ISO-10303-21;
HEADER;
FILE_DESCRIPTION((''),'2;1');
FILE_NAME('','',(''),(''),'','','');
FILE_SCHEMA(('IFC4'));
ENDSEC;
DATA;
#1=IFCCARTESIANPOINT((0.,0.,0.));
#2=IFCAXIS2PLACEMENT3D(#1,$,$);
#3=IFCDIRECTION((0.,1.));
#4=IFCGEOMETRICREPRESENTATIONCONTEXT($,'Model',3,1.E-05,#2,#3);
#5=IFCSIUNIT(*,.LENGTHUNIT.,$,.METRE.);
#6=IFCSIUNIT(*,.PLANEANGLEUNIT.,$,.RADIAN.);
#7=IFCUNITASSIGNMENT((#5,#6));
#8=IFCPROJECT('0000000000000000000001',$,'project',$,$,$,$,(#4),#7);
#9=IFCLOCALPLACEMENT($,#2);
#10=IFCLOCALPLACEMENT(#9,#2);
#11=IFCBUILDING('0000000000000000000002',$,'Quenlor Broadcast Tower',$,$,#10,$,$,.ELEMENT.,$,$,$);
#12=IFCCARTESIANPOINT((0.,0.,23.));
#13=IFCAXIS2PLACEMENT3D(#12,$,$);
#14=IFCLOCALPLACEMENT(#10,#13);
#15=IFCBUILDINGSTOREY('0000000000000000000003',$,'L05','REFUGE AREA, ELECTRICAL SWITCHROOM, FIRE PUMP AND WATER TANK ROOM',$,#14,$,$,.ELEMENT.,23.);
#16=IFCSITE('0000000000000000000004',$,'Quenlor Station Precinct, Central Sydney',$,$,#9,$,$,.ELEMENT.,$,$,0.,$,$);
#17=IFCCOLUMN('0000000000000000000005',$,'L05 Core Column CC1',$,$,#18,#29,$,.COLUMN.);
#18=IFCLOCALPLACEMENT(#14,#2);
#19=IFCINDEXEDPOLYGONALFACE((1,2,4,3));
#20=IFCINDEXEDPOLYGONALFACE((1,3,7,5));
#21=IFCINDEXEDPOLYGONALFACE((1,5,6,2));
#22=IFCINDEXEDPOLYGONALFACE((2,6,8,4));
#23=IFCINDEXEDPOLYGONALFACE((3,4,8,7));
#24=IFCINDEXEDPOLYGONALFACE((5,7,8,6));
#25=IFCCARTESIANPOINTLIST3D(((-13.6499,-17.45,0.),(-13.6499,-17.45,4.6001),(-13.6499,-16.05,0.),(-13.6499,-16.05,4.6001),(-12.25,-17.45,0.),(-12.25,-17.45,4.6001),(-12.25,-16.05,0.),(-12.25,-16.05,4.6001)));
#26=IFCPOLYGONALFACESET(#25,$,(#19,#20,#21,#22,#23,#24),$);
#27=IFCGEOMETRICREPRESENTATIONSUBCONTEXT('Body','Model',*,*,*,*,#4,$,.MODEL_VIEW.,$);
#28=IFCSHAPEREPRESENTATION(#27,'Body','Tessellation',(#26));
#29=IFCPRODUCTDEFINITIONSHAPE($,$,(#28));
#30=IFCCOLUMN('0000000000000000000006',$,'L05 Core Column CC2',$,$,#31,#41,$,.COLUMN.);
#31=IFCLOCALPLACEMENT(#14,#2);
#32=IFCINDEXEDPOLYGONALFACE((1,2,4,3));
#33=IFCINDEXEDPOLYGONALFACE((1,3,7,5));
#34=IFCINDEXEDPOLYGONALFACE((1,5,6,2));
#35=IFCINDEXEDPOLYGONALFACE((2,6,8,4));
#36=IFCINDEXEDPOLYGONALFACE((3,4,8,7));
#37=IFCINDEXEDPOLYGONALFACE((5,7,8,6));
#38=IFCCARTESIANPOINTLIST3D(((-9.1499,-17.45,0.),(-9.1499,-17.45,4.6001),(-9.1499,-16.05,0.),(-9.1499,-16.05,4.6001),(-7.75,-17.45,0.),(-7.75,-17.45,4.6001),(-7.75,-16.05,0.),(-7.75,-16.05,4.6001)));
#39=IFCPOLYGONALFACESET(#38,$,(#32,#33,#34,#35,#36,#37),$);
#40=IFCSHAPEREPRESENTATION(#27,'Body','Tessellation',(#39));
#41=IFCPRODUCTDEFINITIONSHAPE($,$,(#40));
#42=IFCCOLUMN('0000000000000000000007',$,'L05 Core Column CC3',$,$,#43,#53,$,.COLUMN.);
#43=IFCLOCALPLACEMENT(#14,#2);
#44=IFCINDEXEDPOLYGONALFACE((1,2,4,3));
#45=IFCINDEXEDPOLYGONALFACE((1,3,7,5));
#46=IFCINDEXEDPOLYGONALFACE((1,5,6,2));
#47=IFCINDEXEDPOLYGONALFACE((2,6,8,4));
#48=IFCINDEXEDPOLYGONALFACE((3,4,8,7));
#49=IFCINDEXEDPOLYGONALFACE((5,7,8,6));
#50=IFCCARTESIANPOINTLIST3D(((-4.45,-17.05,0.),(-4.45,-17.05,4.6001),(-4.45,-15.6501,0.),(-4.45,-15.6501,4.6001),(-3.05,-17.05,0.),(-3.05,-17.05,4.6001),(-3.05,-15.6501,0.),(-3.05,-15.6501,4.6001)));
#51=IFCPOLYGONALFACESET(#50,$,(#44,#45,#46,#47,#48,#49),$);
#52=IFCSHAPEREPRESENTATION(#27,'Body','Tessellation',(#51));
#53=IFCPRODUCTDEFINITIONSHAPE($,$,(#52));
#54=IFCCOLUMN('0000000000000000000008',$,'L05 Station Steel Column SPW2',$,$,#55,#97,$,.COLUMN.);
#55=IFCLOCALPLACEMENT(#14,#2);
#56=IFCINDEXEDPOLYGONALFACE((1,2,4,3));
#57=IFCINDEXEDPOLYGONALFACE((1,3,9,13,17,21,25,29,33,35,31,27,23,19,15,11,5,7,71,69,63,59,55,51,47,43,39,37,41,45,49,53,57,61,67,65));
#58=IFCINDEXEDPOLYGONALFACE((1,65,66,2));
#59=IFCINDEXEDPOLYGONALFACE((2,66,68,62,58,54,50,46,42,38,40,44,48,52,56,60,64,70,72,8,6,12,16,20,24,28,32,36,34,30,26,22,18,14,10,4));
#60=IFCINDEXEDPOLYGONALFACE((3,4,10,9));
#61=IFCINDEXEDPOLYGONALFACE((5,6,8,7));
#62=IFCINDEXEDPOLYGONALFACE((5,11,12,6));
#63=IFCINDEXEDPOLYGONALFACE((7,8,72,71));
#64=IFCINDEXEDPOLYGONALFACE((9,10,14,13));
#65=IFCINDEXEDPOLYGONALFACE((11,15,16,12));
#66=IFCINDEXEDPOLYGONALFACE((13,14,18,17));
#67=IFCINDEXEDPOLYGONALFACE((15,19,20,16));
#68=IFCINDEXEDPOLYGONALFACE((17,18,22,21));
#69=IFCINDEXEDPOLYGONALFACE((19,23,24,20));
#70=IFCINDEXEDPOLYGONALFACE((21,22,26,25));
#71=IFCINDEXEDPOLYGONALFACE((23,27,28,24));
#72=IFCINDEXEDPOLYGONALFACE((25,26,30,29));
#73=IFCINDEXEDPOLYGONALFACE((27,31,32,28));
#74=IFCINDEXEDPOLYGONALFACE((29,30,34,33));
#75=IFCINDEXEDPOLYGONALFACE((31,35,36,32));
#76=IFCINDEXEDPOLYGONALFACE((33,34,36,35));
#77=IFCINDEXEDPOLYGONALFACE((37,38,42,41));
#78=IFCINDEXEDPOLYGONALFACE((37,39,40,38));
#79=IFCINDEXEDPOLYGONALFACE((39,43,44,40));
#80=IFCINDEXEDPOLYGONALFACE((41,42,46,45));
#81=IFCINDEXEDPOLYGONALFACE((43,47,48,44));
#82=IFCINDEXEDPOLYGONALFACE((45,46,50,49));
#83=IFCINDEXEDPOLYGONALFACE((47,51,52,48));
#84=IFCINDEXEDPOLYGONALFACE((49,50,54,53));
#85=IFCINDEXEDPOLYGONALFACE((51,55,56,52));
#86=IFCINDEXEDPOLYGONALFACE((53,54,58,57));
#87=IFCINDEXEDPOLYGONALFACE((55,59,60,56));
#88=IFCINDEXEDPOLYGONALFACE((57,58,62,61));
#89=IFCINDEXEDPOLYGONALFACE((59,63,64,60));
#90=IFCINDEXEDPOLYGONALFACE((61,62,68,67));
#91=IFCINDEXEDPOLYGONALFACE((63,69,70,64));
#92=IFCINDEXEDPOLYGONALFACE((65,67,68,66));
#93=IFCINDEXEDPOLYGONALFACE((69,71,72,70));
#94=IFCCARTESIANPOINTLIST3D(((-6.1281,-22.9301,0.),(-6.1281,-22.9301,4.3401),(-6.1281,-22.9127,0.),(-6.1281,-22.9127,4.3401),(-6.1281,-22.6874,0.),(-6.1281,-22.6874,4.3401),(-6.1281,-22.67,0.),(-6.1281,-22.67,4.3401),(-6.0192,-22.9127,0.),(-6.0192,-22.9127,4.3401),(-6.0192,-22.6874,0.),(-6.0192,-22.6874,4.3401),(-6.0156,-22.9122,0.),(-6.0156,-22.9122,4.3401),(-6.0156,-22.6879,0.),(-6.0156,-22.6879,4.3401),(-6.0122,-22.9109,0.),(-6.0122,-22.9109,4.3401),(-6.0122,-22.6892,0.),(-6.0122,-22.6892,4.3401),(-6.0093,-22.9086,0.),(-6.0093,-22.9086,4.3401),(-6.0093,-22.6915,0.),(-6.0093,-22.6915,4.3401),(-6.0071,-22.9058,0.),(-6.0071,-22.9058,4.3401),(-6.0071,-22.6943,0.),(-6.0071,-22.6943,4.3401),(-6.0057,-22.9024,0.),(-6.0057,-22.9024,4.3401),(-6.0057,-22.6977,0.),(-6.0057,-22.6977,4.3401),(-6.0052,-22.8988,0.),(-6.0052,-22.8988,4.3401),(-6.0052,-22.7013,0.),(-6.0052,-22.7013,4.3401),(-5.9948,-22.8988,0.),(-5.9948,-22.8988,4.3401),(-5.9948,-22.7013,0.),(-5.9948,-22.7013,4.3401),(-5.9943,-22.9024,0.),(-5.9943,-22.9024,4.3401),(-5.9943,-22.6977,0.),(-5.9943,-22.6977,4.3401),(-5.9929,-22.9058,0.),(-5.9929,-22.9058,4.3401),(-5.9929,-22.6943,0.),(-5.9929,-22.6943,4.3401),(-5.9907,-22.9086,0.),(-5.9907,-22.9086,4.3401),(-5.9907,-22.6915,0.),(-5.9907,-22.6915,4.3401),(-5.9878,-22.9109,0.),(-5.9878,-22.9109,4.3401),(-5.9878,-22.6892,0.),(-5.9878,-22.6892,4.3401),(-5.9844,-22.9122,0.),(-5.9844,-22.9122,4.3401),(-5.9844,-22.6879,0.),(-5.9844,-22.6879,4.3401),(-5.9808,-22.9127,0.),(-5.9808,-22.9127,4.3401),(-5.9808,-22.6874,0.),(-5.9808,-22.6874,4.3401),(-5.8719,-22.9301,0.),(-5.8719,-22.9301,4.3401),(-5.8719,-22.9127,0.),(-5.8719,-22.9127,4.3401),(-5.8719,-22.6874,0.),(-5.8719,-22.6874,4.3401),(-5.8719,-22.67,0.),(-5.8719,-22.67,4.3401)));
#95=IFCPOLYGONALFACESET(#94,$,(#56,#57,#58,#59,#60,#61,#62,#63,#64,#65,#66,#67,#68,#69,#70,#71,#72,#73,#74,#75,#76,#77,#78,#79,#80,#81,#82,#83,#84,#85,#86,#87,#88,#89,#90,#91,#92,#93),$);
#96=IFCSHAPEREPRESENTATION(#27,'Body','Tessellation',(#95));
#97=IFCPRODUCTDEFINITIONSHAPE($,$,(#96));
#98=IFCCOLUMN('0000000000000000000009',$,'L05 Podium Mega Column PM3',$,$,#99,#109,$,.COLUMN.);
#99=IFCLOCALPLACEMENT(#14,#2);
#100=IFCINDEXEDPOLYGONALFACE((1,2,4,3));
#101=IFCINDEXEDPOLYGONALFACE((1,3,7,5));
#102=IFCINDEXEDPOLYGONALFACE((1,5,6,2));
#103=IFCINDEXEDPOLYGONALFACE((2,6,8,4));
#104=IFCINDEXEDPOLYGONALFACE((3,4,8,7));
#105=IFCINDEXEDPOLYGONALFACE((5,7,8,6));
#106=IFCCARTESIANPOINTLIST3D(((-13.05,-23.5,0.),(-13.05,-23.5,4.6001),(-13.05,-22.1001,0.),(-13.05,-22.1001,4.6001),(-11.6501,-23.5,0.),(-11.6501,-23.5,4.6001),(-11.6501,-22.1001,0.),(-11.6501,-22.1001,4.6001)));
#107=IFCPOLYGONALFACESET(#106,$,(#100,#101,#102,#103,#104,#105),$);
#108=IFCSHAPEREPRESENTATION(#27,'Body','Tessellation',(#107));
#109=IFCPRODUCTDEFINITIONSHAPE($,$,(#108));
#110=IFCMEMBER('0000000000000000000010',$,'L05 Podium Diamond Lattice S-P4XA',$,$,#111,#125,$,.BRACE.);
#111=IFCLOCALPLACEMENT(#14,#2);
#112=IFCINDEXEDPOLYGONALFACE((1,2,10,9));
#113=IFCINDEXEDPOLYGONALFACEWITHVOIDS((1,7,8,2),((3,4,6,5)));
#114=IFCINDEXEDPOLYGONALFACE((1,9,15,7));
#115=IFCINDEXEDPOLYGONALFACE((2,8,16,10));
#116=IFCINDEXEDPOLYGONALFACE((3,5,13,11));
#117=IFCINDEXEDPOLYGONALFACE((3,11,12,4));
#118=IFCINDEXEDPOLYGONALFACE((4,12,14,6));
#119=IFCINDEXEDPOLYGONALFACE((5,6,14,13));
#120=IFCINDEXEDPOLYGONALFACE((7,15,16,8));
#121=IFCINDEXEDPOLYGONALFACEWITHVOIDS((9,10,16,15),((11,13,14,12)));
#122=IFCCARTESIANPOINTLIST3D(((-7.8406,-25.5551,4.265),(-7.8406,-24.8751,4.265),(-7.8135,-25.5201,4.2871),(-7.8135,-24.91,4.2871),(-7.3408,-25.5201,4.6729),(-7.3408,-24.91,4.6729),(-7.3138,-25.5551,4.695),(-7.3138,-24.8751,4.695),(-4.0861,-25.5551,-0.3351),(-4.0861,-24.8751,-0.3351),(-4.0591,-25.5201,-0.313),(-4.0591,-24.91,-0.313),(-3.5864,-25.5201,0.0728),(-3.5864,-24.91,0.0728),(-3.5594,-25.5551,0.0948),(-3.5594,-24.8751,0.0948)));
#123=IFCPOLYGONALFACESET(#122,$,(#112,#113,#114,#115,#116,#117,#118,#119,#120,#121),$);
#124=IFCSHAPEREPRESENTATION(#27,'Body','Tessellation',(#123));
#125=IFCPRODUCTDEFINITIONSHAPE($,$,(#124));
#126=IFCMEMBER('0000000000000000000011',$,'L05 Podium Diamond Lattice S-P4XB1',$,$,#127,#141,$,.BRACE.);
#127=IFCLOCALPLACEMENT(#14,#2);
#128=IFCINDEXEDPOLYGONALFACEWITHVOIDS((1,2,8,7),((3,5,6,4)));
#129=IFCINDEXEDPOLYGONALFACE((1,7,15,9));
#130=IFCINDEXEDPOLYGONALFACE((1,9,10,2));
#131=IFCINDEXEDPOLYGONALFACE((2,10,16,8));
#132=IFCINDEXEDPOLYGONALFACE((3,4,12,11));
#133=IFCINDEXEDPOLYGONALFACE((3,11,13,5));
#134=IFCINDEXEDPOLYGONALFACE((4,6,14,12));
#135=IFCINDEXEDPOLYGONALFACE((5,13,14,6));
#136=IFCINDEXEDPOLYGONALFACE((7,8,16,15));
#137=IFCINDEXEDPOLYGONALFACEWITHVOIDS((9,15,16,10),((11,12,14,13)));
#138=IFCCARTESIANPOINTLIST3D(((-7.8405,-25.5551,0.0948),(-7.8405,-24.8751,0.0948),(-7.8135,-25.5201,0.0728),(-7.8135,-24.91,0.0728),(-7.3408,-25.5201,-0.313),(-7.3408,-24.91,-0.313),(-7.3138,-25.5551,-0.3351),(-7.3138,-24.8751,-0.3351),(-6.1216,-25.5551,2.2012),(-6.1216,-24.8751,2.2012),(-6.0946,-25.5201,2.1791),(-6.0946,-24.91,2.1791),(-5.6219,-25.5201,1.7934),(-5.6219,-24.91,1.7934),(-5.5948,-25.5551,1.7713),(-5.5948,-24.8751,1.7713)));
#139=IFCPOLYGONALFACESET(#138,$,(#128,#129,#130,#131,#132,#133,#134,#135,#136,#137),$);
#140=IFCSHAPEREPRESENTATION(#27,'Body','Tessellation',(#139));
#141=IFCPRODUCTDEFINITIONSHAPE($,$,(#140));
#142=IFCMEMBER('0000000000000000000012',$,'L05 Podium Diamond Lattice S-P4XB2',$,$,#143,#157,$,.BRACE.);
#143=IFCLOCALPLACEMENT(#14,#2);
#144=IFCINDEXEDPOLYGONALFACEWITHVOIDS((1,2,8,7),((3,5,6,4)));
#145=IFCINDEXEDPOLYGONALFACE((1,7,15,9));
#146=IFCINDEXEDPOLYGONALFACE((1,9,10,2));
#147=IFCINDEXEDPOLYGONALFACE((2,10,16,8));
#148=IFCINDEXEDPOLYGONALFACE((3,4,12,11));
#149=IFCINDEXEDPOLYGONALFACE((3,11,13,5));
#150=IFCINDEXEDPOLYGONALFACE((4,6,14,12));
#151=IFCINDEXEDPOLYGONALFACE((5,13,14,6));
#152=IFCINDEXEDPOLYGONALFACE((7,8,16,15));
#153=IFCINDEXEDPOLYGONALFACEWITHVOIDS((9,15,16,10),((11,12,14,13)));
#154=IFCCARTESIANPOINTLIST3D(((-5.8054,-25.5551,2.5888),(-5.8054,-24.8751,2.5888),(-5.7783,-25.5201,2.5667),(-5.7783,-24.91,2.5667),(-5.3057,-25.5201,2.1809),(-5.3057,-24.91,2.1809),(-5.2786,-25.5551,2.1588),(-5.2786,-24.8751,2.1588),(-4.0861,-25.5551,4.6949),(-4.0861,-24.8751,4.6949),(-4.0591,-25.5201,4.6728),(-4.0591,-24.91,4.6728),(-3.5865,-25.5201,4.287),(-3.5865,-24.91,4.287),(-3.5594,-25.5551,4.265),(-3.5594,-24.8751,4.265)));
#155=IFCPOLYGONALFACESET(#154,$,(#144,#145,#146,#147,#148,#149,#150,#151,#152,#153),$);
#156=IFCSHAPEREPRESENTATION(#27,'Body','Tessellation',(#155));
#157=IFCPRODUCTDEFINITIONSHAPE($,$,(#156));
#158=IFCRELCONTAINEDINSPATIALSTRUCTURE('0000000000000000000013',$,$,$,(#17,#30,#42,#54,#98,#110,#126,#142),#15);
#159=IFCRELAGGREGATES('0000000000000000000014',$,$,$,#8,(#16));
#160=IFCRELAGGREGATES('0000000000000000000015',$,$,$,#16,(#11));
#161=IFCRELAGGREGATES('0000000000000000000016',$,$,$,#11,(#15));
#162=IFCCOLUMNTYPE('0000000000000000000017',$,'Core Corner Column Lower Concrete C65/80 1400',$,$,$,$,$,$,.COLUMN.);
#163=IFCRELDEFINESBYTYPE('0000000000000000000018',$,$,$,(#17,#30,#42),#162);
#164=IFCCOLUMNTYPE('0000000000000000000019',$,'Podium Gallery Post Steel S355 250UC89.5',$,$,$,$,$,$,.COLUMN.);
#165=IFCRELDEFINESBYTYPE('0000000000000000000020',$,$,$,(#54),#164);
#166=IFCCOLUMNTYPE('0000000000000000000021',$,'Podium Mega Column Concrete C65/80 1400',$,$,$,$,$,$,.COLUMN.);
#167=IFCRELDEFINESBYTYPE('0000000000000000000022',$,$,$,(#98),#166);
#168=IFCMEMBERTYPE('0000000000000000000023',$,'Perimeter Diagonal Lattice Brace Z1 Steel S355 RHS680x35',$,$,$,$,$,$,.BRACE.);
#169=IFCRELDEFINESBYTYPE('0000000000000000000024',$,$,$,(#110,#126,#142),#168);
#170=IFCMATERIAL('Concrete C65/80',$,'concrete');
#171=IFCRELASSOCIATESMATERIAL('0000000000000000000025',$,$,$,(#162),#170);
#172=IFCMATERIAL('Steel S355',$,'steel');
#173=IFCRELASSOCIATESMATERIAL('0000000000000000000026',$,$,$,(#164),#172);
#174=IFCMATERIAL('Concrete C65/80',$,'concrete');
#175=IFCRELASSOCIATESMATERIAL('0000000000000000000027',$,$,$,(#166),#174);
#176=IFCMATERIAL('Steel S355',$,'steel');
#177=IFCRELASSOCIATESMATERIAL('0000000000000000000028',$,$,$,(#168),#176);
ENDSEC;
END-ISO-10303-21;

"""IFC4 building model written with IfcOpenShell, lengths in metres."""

from ifc_helpers import new_model, si_unit, direction, frame, origin, origin_2d, place, context, subcontext, project, spatial, rectangle, hollow_rectangle, i_section, extrude, material, material_profile, profile_set, type_object, element, save


model = new_model("IFC4")

# Units and contexts
model_context = context("Model", 3, precision=1e-05, world=origin(), true_north=direction((0.0, 1.0)))
body_context = subcontext(model_context, "Body", "Model", "MODEL_VIEW")
ifc_project = project(units=[si_unit("LENGTHUNIT", "METRE"), si_unit("PLANEANGLEUNIT", "RADIAN")], contexts=[model_context])

# Site, building, storey
site_placement = place(None, origin())
site = spatial("IfcSite", under=ifc_project, at=site_placement, Name="Quenlor Station Precinct, Central Sydney", CompositionType="ELEMENT", RefElevation=0.0)
building_placement = place(site_placement, origin())
building = spatial("IfcBuilding", under=site, at=building_placement, Name="Quenlor Broadcast Tower", CompositionType="ELEMENT")
storey_placement = place(building_placement, frame((0.0, 0.0, 23.0)))
storey = spatial("IfcBuildingStorey", under=building, at=storey_placement, Name="L05", Description="REFUGE AREA, ELECTRICAL SWITCHROOM, FIRE PUMP AND WATER TANK ROOM", CompositionType="ELEMENT", Elevation=23.0)

# Columns
ifc_material_1 = material(Name="Concrete C65/80", Category="concrete")
ifc_material_profile_1 = material_profile(ifc_material_1, rectangle(XDim=1.3999, YDim=1.3999, at=origin_2d()))
ifc_profile_set_1 = profile_set([ifc_material_profile_1], Name="Concrete C65/80 RC1400x1400")
column_type_1 = type_object("IfcColumnType", Name="Core Corner Column Lower Concrete C65/80 1400", PredefinedType="COLUMN", material=ifc_profile_set_1)
for number, where, z_axis, x_axis, name in (
    (1, (-12.95, -16.75, 0.0), (0.0, 0.0, 1.0), (1.0, 0.0, 0.0), "L05 Core Column CC1"),
    (2, (-8.45, -16.75, 0.0), (0.0, 0.0, 1.0), (1.0, 0.0, 0.0), "L05 Core Column CC2"),
    (3, (-3.75, -16.3501, 0.0), (0.0, 0.0, 1.0), (1.0, 0.0, 0.0), "L05 Core Column CC3"),
):
    element("IfcColumn", number, at=place(storey_placement, frame(where, z_axis=z_axis, x_axis=x_axis)), inside=storey, type_object=column_type_1, Name=name, PredefinedType="COLUMN", context=body_context, shape_type="SweptSolid", body=[
        extrude(rectangle(XDim=1.3999, YDim=1.3999, at=origin_2d()), origin(), (0.0, 0.0, 1.0), 4.6001),
    ])
ifc_material_2 = material(Name="Steel S355", Category="steel")
ifc_material_profile_2 = material_profile(ifc_material_2, i_section(OverallWidth=0.2561, OverallDepth=0.26, WebThickness=0.0105, FlangeThickness=0.0173, FilletRadius=0.0139, at=origin_2d()))
ifc_profile_set_2 = profile_set([ifc_material_profile_2], Name="Steel S355 250UC89.5")
column_type_2 = type_object("IfcColumnType", Name="Podium Gallery Post Steel S355 250UC89.5", PredefinedType="COLUMN", material=ifc_profile_set_2)
column_1_placement = place(storey_placement, frame((-6.0, -22.8, 0.0), z_axis=(0.0, 0.0, 1.0), x_axis=(1.0, 0.0, 0.0)))
element("IfcColumn", 4, at=column_1_placement, inside=storey, type_object=column_type_2, Name="L05 Station Steel Column SPW2", PredefinedType="COLUMN", context=body_context, shape_type="SweptSolid", body=[
    extrude(i_section(OverallWidth=0.2561, OverallDepth=0.26, WebThickness=0.0105, FlangeThickness=0.0173, FilletRadius=0.0139, at=origin_2d()), origin(), (0.0, 0.0, 1.0), 4.3401),
])
ifc_material_3 = material(Name="Concrete C65/80", Category="concrete")
ifc_material_profile_3 = material_profile(ifc_material_3, rectangle(XDim=1.3999, YDim=1.3999, at=origin_2d()))
ifc_profile_set_3 = profile_set([ifc_material_profile_3], Name="Concrete C65/80 RC1400x1400")
column_type_3 = type_object("IfcColumnType", Name="Podium Mega Column Concrete C65/80 1400", PredefinedType="COLUMN", material=ifc_profile_set_3)
column_2_placement = place(storey_placement, frame((-12.3501, -22.8, 0.0), z_axis=(0.0, 0.0, 1.0), x_axis=(1.0, 0.0, 0.0)))
element("IfcColumn", 5, at=column_2_placement, inside=storey, type_object=column_type_3, Name="L05 Podium Mega Column PM3", PredefinedType="COLUMN", context=body_context, shape_type="SweptSolid", body=[
    extrude(rectangle(XDim=1.3999, YDim=1.3999, at=origin_2d()), origin(), (0.0, 0.0, 1.0), 4.6001),
])

# Members
ifc_material_4 = material(Name="Steel S355", Category="steel")
ifc_material_profile_4 = material_profile(ifc_material_4, hollow_rectangle(XDim=0.6799, YDim=0.6799, WallThickness=0.0349, at=origin_2d()))
ifc_profile_set_4 = profile_set([ifc_material_profile_4], Name="Steel S355 RHS680x680x35")
member_type_1 = type_object("IfcMemberType", Name="Perimeter Diagonal Lattice Brace Z1 Steel S355 RHS680x35", PredefinedType="BRACE", material=ifc_profile_set_4)
member_1_placement = place(storey_placement, frame((-3.8228, -25.2151, -0.1201), z_axis=(-0.632297, 0.0, 0.774726), x_axis=(0.0, -1.0, 0.0)))
element("IfcMember", 6, at=member_1_placement, inside=storey, type_object=member_type_1, Name="L05 Podium Diamond Lattice S-P4XA", PredefinedType="BRACE", context=body_context, shape_type="SweptSolid", body=[
    extrude(hollow_rectangle(XDim=0.6799, YDim=0.6799, WallThickness=0.0349, at=origin_2d()), origin(), (0.0, 0.0, 1.0), 5.9377),
])
for number, where, z_axis, x_axis, name in (
    (7, (-7.5771, -25.2151, -0.1201), (0.632254, 0.0, 0.774761), (0.0, 1.0, 0.0), "L05 Podium Diamond Lattice S-P4XB1"),
    (8, (-5.542, -25.2151, 2.3738), (0.632352, 0.0, 0.774681), (0.0, 1.0, 0.0), "L05 Podium Diamond Lattice S-P4XB2"),
):
    element("IfcMember", number, at=place(storey_placement, frame(where, z_axis=z_axis, x_axis=x_axis)), inside=storey, type_object=member_type_1, Name=name, PredefinedType="BRACE", context=body_context, shape_type="SweptSolid", body=[
        extrude(hollow_rectangle(XDim=0.6799, YDim=0.6799, WallThickness=0.0349, at=origin_2d()), origin(), (0.0, 0.0, 1.0), 2.7188),
    ])

save(model, "model.ifc")
